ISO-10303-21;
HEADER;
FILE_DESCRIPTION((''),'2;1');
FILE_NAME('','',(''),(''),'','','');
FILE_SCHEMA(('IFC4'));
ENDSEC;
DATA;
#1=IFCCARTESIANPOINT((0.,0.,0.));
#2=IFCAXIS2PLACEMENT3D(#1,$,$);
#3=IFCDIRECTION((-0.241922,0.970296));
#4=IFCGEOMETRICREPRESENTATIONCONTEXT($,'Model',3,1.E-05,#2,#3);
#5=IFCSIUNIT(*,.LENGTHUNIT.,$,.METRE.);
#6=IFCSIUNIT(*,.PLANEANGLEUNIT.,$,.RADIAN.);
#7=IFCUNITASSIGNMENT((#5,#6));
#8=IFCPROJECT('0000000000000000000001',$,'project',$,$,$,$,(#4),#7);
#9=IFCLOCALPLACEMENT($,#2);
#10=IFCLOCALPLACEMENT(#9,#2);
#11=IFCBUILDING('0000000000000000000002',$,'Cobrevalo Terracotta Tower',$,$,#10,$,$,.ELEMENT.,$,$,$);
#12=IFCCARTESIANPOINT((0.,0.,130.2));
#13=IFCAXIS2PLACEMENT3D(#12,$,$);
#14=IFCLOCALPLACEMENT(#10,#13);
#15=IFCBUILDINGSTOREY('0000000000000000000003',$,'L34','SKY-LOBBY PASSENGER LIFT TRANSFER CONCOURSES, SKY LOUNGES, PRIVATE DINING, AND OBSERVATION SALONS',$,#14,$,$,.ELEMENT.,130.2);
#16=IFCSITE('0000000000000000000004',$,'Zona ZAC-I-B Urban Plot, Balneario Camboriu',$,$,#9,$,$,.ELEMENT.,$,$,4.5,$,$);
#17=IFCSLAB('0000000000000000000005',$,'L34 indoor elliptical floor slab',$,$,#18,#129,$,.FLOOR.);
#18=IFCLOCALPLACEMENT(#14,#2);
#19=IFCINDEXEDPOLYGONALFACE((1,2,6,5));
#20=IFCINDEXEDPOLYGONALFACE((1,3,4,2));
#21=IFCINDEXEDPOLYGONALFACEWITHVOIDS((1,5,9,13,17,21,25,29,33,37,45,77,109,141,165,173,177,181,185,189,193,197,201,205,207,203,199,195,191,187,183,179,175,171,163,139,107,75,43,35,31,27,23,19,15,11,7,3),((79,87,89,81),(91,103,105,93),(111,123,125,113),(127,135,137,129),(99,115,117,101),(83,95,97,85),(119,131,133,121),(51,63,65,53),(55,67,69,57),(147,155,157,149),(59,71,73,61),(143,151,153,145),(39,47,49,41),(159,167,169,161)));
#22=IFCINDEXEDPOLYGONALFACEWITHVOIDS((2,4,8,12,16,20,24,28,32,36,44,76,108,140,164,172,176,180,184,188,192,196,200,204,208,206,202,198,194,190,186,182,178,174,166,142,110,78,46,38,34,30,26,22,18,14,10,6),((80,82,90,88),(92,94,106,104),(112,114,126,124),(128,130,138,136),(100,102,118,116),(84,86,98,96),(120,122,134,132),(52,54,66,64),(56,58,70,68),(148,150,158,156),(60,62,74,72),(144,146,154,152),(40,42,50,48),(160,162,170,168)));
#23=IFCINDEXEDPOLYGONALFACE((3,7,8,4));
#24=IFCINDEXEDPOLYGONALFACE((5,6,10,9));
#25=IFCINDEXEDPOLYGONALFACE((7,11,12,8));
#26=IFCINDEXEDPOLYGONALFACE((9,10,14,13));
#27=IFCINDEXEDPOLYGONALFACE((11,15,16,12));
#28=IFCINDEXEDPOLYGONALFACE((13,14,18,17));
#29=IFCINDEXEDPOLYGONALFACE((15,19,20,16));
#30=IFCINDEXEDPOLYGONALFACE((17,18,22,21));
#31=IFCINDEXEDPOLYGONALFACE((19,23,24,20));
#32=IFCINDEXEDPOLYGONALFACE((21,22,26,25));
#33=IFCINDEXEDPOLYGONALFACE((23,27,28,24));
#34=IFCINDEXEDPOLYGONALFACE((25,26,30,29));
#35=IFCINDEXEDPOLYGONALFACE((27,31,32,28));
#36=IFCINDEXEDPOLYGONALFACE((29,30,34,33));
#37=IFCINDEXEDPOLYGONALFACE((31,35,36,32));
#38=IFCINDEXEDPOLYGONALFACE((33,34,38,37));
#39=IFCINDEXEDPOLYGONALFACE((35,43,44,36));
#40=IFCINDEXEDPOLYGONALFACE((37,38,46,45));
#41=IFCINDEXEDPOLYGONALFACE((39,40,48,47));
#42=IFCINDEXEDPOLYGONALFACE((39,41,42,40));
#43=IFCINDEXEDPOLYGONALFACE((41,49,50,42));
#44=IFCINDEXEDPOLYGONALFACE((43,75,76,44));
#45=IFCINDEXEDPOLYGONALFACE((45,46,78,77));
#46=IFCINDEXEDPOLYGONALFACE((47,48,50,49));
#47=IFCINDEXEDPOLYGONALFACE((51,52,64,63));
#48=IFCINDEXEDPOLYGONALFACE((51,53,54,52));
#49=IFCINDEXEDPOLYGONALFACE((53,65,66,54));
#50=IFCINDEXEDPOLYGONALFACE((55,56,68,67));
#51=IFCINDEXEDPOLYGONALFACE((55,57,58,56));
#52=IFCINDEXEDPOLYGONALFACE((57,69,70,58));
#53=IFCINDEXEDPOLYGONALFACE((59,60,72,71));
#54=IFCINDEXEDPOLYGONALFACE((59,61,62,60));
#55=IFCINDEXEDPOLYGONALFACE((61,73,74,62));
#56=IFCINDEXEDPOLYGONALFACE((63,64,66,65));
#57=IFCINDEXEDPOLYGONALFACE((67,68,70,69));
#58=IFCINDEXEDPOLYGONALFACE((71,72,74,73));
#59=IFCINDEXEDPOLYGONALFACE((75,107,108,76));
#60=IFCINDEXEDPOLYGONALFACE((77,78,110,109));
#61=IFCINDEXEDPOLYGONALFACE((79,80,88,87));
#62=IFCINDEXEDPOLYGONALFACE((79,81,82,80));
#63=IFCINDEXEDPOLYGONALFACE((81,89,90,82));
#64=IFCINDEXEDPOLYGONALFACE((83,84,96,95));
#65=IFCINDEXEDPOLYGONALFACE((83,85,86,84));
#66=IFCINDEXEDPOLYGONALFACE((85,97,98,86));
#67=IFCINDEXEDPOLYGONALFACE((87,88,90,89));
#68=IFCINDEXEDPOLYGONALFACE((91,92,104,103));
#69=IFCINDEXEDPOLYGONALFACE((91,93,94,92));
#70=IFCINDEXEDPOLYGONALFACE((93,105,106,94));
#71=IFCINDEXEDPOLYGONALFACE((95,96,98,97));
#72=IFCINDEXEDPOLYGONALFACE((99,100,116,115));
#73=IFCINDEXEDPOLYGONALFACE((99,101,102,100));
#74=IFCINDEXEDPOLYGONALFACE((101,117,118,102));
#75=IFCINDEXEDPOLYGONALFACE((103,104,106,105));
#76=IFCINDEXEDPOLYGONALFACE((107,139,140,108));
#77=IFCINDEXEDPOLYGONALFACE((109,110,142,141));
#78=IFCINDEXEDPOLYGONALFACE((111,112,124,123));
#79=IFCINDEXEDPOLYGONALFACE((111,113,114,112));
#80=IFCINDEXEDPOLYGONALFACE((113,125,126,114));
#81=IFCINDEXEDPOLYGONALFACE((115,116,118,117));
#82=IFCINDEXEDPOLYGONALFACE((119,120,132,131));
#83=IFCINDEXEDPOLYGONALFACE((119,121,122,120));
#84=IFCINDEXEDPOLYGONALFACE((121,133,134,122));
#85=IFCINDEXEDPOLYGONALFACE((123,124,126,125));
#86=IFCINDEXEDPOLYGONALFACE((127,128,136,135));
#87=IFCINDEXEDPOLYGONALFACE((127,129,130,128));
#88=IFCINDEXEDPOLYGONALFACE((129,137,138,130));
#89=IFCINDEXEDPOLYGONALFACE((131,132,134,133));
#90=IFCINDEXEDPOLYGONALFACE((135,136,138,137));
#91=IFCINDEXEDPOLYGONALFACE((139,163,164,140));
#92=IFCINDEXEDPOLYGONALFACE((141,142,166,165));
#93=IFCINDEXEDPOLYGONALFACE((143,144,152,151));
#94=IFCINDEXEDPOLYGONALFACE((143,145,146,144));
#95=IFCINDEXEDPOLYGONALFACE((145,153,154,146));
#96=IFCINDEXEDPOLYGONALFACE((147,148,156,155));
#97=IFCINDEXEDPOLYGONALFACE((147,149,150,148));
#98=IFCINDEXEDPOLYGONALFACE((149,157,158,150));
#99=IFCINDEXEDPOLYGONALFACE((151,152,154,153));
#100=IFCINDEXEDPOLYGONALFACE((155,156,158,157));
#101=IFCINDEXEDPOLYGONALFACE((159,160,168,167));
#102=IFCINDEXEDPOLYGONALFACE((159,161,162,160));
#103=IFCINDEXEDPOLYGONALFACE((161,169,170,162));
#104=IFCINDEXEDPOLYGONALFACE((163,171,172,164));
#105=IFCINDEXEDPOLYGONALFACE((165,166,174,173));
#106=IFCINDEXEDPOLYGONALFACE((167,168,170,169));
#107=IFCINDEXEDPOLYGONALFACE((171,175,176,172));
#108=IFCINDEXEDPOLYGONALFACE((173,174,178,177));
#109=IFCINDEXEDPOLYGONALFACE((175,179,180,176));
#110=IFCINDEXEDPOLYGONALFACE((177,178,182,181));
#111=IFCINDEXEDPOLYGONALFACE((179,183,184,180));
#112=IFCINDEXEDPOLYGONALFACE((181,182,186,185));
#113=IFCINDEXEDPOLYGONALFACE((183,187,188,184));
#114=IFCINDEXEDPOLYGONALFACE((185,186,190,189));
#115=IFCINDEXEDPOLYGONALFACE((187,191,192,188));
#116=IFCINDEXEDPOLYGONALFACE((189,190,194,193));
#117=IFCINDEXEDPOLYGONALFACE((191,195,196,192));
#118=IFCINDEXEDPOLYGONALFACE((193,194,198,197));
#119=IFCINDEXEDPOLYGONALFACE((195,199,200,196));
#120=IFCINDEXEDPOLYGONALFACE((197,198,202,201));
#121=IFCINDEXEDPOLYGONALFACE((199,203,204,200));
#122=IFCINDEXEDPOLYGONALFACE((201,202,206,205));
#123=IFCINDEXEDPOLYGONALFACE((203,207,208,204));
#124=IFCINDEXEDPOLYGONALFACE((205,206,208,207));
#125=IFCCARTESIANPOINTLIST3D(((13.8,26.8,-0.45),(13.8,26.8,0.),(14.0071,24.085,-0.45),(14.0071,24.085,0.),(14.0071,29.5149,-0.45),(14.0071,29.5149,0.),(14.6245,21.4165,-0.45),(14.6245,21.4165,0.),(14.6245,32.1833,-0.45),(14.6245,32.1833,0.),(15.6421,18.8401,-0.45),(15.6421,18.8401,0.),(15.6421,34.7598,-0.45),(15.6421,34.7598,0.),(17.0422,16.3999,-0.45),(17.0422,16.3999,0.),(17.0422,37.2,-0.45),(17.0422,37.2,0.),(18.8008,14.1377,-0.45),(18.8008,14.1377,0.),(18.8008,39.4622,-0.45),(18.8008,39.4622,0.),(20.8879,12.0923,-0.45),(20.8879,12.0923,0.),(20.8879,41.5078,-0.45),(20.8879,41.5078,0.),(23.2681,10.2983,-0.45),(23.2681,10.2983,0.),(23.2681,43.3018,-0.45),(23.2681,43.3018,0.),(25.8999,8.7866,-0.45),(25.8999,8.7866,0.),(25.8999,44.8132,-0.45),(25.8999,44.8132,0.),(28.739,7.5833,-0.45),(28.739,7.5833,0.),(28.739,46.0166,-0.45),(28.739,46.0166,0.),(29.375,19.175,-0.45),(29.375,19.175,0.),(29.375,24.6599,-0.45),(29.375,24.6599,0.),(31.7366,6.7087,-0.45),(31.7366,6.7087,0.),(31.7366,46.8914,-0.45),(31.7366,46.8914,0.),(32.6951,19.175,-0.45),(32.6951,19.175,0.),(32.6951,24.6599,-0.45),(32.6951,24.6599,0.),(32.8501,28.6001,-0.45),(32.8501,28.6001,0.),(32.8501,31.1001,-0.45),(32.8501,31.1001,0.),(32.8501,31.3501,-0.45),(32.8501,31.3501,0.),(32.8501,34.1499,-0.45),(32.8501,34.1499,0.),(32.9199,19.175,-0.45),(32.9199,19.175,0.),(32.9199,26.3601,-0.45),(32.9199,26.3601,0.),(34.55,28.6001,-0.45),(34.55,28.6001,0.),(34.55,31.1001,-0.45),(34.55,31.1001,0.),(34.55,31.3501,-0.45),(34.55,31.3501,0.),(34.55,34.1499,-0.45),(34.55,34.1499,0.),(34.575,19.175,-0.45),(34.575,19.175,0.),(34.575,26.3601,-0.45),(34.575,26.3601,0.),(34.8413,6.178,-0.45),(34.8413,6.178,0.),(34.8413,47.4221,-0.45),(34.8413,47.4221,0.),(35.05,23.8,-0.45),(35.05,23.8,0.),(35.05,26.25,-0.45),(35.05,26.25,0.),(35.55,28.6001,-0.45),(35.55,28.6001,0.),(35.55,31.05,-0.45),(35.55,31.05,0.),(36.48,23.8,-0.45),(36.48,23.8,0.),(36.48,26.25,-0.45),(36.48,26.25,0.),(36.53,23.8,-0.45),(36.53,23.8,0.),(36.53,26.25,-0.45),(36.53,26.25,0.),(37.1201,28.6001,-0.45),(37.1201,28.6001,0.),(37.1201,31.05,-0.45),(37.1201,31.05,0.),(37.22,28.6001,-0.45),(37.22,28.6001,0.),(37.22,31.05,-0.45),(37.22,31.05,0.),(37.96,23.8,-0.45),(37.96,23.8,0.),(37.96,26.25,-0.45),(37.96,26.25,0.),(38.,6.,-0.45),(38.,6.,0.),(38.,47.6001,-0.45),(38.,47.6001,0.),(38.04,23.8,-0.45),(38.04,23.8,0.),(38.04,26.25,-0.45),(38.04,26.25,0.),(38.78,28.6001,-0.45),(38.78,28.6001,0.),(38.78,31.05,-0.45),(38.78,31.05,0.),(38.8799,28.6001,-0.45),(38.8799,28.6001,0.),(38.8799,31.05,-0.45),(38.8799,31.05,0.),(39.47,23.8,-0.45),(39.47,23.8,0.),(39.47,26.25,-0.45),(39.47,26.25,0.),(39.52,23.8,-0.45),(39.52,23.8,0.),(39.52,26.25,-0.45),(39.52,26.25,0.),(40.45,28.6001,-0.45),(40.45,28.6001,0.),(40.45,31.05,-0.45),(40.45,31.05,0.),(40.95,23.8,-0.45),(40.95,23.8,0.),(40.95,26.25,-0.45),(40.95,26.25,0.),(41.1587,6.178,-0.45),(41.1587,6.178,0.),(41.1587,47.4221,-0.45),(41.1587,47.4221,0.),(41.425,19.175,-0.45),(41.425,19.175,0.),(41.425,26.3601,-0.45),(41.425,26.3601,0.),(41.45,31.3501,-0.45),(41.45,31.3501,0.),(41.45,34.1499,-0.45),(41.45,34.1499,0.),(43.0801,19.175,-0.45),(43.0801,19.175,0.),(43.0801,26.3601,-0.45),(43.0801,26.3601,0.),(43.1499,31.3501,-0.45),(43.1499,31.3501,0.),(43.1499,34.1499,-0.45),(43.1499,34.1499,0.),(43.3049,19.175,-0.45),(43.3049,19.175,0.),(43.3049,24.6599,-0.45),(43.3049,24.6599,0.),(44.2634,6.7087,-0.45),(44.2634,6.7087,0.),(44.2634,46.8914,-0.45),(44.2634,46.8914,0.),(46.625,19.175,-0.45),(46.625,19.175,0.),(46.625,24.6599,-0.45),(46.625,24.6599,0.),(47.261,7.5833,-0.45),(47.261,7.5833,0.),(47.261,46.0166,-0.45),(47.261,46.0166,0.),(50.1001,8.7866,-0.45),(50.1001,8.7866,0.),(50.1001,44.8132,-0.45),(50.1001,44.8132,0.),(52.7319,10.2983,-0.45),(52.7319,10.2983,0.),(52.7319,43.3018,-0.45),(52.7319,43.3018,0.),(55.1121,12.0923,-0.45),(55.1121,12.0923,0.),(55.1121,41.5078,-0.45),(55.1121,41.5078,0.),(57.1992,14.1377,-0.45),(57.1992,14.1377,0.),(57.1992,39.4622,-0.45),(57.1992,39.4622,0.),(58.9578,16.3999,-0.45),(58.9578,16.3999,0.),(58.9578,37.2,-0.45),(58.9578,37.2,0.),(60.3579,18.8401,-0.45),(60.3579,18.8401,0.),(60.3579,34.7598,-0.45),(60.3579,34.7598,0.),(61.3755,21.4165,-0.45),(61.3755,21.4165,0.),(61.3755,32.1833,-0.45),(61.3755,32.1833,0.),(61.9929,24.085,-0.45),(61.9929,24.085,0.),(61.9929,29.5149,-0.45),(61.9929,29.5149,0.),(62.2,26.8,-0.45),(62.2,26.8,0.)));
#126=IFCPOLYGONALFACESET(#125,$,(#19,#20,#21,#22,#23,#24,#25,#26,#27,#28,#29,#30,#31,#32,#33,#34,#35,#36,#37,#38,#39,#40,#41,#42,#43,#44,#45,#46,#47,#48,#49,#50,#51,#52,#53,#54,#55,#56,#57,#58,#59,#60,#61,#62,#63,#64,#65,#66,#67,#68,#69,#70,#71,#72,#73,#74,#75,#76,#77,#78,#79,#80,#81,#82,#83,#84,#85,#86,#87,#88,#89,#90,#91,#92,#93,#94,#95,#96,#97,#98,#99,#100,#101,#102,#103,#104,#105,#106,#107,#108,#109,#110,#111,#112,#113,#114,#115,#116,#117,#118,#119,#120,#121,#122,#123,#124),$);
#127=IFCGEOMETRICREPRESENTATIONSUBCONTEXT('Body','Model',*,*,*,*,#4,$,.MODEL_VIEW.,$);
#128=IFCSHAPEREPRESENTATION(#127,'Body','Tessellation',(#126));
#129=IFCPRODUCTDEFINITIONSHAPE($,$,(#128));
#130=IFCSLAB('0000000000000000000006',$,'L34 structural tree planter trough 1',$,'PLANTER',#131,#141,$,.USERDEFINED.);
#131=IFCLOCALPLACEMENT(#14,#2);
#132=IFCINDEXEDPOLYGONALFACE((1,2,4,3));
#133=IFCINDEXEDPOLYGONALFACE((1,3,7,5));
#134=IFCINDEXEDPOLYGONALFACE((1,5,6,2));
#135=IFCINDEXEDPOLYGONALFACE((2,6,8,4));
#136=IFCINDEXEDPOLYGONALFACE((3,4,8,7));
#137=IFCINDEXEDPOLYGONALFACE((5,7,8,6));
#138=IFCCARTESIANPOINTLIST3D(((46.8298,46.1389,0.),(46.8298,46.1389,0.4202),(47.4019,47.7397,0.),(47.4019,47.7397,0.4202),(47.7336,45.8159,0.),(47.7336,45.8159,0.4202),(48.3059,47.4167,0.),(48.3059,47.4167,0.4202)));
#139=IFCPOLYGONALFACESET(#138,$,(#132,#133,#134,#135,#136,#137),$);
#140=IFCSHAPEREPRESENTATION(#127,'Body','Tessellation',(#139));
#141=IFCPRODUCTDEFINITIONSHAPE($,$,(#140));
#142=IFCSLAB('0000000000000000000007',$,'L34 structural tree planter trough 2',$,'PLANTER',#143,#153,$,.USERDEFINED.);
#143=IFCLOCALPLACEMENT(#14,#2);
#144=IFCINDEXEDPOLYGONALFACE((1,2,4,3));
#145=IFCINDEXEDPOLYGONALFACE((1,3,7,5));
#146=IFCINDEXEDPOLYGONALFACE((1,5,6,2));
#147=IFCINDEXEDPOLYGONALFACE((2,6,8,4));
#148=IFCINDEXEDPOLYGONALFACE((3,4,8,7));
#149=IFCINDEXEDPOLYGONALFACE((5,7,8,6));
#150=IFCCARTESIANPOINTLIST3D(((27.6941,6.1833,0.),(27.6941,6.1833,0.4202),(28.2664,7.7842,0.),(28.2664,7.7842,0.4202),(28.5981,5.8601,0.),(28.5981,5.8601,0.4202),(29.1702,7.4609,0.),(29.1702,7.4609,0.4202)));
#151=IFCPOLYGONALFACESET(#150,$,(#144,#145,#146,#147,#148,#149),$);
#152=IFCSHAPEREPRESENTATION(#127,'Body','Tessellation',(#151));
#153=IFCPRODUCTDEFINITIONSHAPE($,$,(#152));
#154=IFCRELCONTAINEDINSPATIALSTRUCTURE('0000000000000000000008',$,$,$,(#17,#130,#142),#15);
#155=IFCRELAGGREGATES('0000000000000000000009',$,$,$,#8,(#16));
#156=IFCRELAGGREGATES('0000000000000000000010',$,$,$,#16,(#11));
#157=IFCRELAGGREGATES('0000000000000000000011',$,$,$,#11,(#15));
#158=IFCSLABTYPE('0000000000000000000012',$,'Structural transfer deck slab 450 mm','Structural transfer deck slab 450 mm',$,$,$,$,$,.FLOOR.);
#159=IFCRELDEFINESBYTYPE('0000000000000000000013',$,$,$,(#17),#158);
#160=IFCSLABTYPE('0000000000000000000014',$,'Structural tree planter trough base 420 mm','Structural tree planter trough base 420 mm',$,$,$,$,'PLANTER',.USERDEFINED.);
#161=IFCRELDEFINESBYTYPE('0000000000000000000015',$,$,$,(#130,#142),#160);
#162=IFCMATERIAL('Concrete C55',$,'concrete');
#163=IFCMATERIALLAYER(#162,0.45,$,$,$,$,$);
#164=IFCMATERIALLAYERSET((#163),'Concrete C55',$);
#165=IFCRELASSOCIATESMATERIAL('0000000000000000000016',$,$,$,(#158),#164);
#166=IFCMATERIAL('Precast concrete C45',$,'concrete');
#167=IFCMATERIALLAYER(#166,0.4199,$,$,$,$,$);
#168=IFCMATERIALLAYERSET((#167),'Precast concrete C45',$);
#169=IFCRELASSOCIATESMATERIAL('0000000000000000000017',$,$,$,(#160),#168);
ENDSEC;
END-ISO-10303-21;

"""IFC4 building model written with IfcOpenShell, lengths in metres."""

from ifc_helpers import new_model, si_unit, direction, frame, origin, place, context, subcontext, project, spatial, polyline, outline, extrude, material, layer, layer_set, type_object, element, save


model = new_model("IFC4")

# Units and contexts
model_context = context("Model", 3, precision=1e-05, world=origin(), true_north=direction((-0.241922, 0.970296)))
body_context = subcontext(model_context, "Body", "Model", "MODEL_VIEW")
ifc_project = project(units=[si_unit("LENGTHUNIT", "METRE"), si_unit("PLANEANGLEUNIT", "RADIAN")], contexts=[model_context])

# Site, building, storey
site_placement = place(None, origin())
site = spatial("IfcSite", under=ifc_project, at=site_placement, Name="Zona ZAC-I-B Urban Plot, Balneario Camboriu", CompositionType="ELEMENT", RefElevation=4.5)
building_placement = place(site_placement, origin())
building = spatial("IfcBuilding", under=site, at=building_placement, Name="Cobrevalo Terracotta Tower", CompositionType="ELEMENT")
storey_placement = place(building_placement, frame((0.0, 0.0, 130.2)))
storey = spatial("IfcBuildingStorey", under=building, at=storey_placement, Name="L34", Description="SKY-LOBBY PASSENGER LIFT TRANSFER CONCOURSES, SKY LOUNGES, PRIVATE DINING, AND OBSERVATION SALONS", CompositionType="ELEMENT", Elevation=130.2)

# Slabs
ifc_material_1 = material(Name="Concrete C55", Category="concrete")
ifc_layer_1 = layer(ifc_material_1, 0.45)
ifc_layer_set_1 = layer_set([ifc_layer_1], Name="Concrete C55")
slab_type_1 = type_object("IfcSlabType", Name="Structural transfer deck slab 450 mm", Description="Structural transfer deck slab 450 mm", PredefinedType="FLOOR", material=ifc_layer_set_1)
slab_1_placement = place(storey_placement, frame((0.0, 0.0, -0.45)))
element("IfcSlab", 1, at=slab_1_placement, inside=storey, type_object=slab_type_1, Name="L34 indoor elliptical floor slab", PredefinedType="FLOOR", context=body_context, shape_type="SweptSolid", body=[
    extrude(outline(polyline([(61.9929, 24.085), (61.3755, 21.4165), (60.3579, 18.8401), (58.9578, 16.3999), (57.1992, 14.1377), (55.1121, 12.0923), (52.7319, 10.2983), (50.1001, 8.7866), (47.261, 7.5833), (44.2634, 6.7087), (41.1587, 6.178), (38.0, 6.0), (34.8413, 6.178), (31.7366, 6.7087), (28.739, 7.5833), (25.8999, 8.7866), (23.2681, 10.2983), (20.8879, 12.0923), (18.8008, 14.1377), (17.0422, 16.3999), (15.6421, 18.8401), (14.6245, 21.4165), (14.0071, 24.085), (13.8, 26.8), (14.0071, 29.5149), (14.6245, 32.1833), (15.6421, 34.7598), (17.0422, 37.2), (18.8008, 39.4622), (20.8879, 41.5078), (23.2681, 43.3018), (25.8999, 44.8132), (28.739, 46.0166), (31.7366, 46.8914), (34.8413, 47.4221), (38.0, 47.6001), (41.1587, 47.4221), (44.2634, 46.8914), (47.261, 46.0166), (50.1001, 44.8132), (52.7319, 43.3018), (55.1121, 41.5078), (57.1992, 39.4622), (58.9578, 37.2), (60.3579, 34.7598), (61.3755, 32.1833), (61.9929, 29.5149), (62.2, 26.8), (61.9929, 24.085)]), holes=[polyline([(32.6951, 19.175), (32.6951, 24.6599), (29.375, 24.6599), (29.375, 19.175), (32.6951, 19.175)]), polyline([(34.575, 19.175), (34.575, 26.3601), (32.9199, 26.3601), (32.9199, 19.175), (34.575, 19.175)]), polyline([(36.48, 23.8), (36.48, 26.25), (35.05, 26.25), (35.05, 23.8), (36.48, 23.8)]), polyline([(37.96, 23.8), (37.96, 26.25), (36.53, 26.25), (36.53, 23.8), (37.96, 23.8)]), polyline([(37.1201, 28.6001), (37.1201, 31.05), (35.55, 31.05), (35.55, 28.6001), (37.1201, 28.6001)]), polyline([(34.55, 28.6001), (34.55, 31.1001), (32.8501, 31.1001), (32.8501, 28.6001), (34.55, 28.6001)]), polyline([(34.55, 31.3501), (34.55, 34.1499), (32.8501, 34.1499), (32.8501, 31.3501), (34.55, 31.3501)]), polyline([(46.625, 19.175), (46.625, 24.6599), (43.3049, 24.6599), (43.3049, 19.175), (46.625, 19.175)]), polyline([(43.0801, 19.175), (43.0801, 26.3601), (41.425, 26.3601), (41.425, 19.175), (43.0801, 19.175)]), polyline([(39.47, 23.8), (39.47, 26.25), (38.04, 26.25), (38.04, 23.8), (39.47, 23.8)]), polyline([(40.95, 23.8), (40.95, 26.25), (39.52, 26.25), (39.52, 23.8), (40.95, 23.8)]), polyline([(38.78, 28.6001), (38.78, 31.05), (37.22, 31.05), (37.22, 28.6001), (38.78, 28.6001)]), polyline([(40.45, 28.6001), (40.45, 31.05), (38.8799, 31.05), (38.8799, 28.6001), (40.45, 28.6001)]), polyline([(43.1499, 31.3501), (43.1499, 34.1499), (41.45, 34.1499), (41.45, 31.3501), (43.1499, 31.3501)])]), origin(), (0.0, 0.0, 1.0), 0.45),
])
ifc_material_2 = material(Name="Precast concrete C45", Category="concrete")
ifc_layer_2 = layer(ifc_material_2, 0.4199)
ifc_layer_set_2 = layer_set([ifc_layer_2], Name="Precast concrete C45")
slab_type_2 = type_object("IfcSlabType", Name="Structural tree planter trough base 420 mm", Description="Structural tree planter trough base 420 mm", ElementType="PLANTER", PredefinedType="USERDEFINED", material=ifc_layer_set_2)
slab_2_placement = place(storey_placement, origin())
element("IfcSlab", 2, at=slab_2_placement, inside=storey, type_object=slab_type_2, Name="L34 structural tree planter trough 1", ObjectType="PLANTER", PredefinedType="USERDEFINED", context=body_context, shape_type="SweptSolid", body=[
    extrude(outline(polyline([(47.7336, 45.8159), (48.3059, 47.4167), (47.4019, 47.7397), (46.8298, 46.1389), (47.7336, 45.8159)])), origin(), (0.0, 0.0, 1.0), 0.4202),
])
slab_3_placement = place(storey_placement, origin())
element("IfcSlab", 3, at=slab_3_placement, inside=storey, type_object=slab_type_2, Name="L34 structural tree planter trough 2", ObjectType="PLANTER", PredefinedType="USERDEFINED", context=body_context, shape_type="SweptSolid", body=[
    extrude(outline(polyline([(28.2664, 7.7842), (27.6941, 6.1833), (28.5981, 5.8601), (29.1702, 7.4609), (28.2664, 7.7842)])), origin(), (0.0, 0.0, 1.0), 0.4202),
])

save(model, "model.ifc")
